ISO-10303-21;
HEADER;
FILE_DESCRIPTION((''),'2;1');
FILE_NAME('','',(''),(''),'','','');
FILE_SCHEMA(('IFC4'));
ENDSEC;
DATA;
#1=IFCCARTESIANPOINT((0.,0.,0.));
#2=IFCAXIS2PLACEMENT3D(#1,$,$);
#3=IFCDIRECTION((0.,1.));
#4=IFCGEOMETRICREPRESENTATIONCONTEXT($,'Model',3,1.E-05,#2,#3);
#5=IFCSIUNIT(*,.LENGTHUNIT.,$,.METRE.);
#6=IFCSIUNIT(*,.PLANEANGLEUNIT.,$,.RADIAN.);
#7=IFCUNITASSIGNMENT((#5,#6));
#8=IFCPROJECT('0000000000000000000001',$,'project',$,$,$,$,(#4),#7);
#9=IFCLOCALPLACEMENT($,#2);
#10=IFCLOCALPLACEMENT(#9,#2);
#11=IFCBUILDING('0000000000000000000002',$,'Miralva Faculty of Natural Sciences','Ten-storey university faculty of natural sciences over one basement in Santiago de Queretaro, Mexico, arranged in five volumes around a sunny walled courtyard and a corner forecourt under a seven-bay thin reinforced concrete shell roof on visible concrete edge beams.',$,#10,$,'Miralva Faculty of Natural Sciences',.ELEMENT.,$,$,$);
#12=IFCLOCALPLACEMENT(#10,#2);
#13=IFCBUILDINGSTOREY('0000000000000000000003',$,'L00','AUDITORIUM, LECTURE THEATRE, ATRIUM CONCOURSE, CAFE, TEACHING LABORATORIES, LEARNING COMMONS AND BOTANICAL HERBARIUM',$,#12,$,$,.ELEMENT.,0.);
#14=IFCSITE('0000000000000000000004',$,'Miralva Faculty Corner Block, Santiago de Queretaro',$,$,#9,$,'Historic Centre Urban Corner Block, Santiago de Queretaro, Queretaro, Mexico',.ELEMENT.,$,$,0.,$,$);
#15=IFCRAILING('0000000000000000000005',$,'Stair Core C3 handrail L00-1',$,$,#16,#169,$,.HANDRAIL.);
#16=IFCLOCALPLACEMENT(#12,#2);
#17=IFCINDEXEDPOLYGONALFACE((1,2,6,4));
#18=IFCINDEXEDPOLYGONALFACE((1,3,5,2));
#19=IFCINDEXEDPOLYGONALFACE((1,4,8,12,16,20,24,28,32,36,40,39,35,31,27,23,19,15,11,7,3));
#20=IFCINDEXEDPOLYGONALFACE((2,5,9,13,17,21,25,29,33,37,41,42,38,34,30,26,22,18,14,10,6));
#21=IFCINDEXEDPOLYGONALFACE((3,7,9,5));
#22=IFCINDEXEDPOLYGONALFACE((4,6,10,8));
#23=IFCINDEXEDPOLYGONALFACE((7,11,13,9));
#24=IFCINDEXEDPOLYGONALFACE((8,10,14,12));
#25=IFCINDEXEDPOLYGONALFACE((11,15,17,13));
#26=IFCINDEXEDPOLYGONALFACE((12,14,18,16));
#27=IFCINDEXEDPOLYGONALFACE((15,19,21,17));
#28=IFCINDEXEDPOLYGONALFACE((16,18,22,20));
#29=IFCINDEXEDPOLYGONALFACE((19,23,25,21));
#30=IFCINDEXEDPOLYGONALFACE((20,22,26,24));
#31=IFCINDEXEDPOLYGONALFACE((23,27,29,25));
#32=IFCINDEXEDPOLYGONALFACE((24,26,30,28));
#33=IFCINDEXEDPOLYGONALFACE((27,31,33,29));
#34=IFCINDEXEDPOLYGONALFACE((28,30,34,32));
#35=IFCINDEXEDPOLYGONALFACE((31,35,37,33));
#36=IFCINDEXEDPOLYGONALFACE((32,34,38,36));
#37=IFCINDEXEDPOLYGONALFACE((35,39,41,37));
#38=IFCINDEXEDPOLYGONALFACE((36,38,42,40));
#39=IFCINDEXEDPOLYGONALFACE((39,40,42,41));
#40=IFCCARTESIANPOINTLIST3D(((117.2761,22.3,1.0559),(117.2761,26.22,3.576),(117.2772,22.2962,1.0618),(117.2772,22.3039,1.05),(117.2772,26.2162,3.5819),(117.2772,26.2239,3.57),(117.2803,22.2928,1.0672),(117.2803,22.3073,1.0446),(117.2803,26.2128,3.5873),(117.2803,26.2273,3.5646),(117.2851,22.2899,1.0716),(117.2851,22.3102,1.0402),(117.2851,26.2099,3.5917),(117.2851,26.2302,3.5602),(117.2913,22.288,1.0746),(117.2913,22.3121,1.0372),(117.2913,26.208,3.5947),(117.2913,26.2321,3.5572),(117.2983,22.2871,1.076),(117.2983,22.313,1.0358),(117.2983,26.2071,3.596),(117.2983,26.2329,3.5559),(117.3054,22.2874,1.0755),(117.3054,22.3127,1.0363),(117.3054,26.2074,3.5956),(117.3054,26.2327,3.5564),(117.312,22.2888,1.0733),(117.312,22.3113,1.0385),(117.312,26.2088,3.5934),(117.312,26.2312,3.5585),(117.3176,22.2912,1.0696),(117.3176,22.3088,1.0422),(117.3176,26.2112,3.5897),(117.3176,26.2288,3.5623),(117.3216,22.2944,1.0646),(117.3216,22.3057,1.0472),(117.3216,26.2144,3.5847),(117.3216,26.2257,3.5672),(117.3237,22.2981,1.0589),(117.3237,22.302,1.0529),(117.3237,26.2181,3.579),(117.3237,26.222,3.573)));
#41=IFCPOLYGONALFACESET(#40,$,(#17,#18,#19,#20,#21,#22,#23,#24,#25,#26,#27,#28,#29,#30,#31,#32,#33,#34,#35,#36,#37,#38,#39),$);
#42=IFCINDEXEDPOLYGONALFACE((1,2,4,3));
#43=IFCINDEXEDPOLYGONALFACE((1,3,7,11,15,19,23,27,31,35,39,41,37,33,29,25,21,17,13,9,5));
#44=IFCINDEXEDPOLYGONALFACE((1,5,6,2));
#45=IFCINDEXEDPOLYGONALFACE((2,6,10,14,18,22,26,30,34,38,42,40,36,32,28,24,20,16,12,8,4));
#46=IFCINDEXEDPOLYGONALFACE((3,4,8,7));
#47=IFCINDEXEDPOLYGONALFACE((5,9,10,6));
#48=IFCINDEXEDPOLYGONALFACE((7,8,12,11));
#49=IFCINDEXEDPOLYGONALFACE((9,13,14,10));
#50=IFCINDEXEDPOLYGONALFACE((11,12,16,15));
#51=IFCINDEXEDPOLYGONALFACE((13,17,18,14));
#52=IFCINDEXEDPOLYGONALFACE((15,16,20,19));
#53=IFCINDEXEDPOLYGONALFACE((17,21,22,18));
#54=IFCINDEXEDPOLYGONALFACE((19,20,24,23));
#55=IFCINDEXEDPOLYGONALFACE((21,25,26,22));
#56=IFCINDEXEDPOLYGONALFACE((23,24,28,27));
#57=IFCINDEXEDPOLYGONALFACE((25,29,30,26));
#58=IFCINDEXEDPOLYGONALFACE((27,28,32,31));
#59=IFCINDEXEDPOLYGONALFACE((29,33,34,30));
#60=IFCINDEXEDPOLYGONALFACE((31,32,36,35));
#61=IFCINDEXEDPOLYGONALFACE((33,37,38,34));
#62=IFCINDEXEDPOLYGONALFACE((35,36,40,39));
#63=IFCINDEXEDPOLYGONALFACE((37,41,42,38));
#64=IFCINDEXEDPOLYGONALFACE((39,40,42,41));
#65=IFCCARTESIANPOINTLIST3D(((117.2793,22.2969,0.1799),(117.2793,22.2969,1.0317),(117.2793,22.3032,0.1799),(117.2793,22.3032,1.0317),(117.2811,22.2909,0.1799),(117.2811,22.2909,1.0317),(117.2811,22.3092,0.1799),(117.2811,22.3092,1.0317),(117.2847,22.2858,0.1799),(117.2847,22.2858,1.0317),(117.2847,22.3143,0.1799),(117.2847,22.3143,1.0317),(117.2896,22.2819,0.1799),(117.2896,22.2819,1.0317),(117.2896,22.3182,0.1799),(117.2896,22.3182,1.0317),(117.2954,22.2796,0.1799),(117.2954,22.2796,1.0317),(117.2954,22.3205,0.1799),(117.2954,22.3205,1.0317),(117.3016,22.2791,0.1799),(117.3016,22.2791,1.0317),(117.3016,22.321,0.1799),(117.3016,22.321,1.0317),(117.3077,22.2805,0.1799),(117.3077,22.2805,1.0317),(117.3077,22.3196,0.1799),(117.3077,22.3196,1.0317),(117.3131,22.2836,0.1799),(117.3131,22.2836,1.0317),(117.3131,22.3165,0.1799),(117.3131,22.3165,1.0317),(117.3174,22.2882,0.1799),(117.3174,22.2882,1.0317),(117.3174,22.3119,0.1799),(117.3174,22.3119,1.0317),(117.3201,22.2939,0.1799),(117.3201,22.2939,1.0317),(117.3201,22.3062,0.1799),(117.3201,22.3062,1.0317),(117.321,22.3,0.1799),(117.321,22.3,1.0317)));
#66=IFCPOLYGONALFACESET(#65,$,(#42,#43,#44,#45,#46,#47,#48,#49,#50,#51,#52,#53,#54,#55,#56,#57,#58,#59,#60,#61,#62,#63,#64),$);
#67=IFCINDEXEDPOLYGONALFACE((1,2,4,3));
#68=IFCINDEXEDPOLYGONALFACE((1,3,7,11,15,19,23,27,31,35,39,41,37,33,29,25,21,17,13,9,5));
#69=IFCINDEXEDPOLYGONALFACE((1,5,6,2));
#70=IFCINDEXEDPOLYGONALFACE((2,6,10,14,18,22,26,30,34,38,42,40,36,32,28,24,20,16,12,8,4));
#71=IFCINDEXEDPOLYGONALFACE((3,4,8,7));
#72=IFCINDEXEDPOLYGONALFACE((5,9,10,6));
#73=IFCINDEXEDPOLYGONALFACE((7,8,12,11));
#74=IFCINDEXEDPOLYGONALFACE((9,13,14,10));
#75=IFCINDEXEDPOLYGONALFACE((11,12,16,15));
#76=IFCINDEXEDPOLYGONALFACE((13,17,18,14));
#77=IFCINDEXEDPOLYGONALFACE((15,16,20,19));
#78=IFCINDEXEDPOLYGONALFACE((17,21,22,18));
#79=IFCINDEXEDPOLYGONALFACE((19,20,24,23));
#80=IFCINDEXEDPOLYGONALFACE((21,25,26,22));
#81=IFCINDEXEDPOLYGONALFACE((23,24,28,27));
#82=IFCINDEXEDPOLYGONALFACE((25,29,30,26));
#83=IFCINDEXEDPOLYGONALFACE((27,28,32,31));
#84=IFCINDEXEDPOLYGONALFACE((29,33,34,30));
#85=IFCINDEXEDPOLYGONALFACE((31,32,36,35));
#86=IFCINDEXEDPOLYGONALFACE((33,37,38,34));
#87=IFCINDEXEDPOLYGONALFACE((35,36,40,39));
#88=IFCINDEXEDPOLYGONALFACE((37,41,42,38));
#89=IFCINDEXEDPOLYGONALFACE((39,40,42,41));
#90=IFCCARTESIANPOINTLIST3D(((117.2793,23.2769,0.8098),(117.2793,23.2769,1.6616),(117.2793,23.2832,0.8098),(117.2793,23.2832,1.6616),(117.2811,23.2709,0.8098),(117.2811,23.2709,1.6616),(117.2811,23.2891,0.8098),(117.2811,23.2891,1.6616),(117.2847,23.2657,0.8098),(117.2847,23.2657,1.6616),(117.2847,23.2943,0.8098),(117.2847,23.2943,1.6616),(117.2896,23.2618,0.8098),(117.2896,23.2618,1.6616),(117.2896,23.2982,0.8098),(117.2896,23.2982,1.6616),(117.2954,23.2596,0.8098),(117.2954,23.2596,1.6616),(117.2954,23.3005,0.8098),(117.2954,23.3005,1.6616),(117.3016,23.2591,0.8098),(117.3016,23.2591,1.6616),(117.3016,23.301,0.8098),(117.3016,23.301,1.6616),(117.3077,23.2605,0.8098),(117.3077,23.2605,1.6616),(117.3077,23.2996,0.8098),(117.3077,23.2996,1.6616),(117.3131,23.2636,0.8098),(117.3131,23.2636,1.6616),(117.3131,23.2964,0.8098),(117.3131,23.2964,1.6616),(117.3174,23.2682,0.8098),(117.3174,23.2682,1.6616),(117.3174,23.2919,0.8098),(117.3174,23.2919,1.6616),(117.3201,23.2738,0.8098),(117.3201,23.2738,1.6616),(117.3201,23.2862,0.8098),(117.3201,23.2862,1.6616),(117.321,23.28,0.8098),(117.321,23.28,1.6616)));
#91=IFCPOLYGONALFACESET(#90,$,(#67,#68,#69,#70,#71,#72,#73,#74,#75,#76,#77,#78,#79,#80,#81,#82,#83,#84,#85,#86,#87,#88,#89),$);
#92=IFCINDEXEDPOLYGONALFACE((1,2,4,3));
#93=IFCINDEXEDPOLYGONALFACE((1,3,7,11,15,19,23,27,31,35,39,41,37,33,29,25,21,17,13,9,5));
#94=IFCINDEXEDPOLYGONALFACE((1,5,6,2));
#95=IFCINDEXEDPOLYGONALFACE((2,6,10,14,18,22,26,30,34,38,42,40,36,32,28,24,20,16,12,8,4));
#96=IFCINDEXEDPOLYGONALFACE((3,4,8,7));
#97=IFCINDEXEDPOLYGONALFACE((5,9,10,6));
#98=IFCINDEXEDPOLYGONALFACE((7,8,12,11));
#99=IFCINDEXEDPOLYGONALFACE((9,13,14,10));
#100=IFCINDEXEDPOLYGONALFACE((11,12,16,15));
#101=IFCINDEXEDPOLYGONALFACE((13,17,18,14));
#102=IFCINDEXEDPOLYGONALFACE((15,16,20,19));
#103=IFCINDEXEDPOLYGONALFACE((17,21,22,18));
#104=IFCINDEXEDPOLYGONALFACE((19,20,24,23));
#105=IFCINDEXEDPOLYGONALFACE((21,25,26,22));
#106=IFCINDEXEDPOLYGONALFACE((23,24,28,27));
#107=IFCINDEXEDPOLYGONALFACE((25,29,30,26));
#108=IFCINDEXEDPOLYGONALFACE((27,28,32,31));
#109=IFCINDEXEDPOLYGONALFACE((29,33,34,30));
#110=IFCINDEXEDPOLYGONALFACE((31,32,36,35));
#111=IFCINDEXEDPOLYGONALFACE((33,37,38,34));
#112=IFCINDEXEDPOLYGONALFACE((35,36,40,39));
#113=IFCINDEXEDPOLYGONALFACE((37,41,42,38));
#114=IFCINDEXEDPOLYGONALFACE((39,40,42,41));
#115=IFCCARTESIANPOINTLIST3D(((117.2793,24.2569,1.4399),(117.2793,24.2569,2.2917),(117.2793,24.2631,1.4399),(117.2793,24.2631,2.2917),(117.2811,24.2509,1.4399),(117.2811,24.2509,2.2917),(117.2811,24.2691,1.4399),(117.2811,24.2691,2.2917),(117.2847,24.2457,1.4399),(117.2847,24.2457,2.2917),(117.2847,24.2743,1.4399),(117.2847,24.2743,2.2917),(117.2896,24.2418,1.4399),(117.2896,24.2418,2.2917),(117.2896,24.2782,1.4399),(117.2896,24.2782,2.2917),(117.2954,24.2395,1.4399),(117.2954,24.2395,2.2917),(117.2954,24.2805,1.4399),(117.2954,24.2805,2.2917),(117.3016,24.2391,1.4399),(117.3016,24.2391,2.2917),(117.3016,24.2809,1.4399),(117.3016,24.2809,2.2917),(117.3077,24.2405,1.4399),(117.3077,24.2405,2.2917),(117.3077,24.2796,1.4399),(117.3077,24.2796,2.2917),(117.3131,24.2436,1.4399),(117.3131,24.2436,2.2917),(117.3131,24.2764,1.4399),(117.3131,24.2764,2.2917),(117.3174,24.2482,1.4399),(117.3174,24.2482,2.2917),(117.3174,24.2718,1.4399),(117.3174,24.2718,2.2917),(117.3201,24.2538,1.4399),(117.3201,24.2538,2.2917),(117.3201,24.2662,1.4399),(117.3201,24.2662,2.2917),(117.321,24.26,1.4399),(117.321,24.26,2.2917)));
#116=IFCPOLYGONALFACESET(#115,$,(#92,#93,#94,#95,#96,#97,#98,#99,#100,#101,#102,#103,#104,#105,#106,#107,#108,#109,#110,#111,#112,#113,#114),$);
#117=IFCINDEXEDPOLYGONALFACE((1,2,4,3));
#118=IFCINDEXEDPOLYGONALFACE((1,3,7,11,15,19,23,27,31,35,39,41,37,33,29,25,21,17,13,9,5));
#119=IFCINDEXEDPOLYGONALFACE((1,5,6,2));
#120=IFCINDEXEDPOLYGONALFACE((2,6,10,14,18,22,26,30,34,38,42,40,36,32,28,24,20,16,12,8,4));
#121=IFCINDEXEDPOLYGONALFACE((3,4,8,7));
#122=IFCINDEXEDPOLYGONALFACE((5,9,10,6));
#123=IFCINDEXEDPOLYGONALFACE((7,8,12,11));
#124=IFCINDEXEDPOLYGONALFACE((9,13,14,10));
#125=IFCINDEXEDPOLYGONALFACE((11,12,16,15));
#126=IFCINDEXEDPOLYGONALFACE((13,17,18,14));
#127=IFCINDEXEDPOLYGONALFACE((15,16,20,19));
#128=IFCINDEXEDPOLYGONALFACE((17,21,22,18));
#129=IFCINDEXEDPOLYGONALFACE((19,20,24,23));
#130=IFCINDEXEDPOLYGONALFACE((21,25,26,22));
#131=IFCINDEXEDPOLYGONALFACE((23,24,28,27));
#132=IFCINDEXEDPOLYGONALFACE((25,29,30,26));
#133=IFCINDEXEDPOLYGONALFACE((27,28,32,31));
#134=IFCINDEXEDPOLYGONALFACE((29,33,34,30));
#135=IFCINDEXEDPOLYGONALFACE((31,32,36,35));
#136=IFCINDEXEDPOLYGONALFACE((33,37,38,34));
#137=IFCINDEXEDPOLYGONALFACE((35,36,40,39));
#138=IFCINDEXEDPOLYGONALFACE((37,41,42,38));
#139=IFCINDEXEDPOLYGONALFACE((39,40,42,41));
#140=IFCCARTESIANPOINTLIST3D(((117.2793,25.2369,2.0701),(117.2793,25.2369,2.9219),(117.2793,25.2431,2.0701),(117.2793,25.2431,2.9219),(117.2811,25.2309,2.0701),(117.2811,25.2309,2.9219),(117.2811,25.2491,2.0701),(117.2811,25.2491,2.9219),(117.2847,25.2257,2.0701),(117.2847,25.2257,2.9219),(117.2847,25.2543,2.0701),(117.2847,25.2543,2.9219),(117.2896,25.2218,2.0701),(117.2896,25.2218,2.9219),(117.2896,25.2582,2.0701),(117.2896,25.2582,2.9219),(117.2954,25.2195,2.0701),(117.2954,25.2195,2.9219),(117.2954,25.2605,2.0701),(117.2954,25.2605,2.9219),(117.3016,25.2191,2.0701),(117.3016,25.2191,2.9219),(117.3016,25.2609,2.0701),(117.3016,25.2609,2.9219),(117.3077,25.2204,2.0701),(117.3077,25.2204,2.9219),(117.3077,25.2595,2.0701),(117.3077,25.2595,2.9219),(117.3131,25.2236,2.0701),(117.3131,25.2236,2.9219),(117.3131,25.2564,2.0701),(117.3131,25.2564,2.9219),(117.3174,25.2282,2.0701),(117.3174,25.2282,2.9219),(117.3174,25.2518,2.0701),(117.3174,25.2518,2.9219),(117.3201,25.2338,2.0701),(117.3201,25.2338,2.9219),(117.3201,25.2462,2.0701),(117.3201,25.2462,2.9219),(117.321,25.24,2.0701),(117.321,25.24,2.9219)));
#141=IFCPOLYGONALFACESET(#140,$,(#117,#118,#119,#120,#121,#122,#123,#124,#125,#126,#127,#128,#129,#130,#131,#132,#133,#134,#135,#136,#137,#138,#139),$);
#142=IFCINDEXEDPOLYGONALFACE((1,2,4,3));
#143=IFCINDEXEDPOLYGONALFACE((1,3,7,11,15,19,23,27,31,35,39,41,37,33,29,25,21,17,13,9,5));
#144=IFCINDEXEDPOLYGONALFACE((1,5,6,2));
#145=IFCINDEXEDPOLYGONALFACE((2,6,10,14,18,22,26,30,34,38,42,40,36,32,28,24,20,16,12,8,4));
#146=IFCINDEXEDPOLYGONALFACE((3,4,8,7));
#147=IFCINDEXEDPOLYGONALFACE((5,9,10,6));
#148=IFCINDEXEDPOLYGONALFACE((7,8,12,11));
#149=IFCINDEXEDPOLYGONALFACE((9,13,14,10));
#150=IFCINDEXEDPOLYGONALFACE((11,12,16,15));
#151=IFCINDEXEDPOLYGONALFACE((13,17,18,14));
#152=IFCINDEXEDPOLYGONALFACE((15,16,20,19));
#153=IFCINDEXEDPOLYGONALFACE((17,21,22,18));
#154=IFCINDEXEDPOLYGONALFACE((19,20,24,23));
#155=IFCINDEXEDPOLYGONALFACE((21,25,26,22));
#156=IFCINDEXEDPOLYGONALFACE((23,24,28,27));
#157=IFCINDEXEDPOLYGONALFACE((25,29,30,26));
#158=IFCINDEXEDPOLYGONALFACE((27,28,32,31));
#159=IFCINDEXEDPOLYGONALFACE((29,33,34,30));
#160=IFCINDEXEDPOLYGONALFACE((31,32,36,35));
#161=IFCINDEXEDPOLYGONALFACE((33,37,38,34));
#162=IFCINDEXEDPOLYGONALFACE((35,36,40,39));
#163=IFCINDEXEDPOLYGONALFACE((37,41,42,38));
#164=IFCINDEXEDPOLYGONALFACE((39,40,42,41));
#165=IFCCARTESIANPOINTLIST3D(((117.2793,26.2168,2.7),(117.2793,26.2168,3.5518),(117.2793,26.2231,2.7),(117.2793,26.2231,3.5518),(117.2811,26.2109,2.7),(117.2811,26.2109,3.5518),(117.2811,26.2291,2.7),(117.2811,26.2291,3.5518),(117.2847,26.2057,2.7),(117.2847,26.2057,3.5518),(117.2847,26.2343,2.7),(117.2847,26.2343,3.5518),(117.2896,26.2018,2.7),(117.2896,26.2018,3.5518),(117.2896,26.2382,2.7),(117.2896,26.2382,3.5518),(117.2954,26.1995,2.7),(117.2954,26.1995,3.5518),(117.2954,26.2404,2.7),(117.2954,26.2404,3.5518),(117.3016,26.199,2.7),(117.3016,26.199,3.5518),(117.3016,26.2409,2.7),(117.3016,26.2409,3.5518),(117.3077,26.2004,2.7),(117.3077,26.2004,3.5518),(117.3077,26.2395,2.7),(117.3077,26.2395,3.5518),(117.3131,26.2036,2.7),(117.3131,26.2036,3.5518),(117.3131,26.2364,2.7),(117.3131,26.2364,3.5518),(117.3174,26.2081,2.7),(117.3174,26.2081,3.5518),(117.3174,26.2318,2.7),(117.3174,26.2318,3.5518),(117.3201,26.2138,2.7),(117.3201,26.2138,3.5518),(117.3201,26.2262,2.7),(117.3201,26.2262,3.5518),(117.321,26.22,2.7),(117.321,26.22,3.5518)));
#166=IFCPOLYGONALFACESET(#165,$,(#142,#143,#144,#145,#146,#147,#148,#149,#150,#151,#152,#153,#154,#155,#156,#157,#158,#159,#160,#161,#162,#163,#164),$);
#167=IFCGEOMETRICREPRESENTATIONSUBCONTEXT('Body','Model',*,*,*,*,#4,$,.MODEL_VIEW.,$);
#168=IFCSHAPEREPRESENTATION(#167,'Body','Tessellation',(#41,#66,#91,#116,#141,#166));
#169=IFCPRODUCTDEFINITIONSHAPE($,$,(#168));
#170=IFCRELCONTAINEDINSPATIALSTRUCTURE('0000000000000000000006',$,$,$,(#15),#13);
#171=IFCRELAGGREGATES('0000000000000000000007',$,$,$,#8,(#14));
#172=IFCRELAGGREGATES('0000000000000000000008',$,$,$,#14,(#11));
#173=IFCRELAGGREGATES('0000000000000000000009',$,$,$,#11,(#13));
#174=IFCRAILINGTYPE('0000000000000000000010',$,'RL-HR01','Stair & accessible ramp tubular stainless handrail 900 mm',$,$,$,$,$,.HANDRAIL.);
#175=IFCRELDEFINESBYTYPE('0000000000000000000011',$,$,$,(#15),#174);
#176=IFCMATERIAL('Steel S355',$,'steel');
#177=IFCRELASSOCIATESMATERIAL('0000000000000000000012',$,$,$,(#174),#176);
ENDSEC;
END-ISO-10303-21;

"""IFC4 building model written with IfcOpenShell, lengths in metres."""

from ifc_helpers import new_model, si_unit, direction, frame, origin, origin_2d, place, context, subcontext, project, spatial, circle, extrude, material, type_object, element, save


model = new_model("IFC4")

# Units and contexts
model_context = context("Model", 3, precision=1e-05, world=origin(), true_north=direction((0.0, 1.0)))
body_context = subcontext(model_context, "Body", "Model", "MODEL_VIEW")
ifc_project = project(units=[si_unit("LENGTHUNIT", "METRE"), si_unit("PLANEANGLEUNIT", "RADIAN")], contexts=[model_context])

# Site, building, storey
site_placement = place(None, origin())
site = spatial("IfcSite", under=ifc_project, at=site_placement, Name="Miralva Faculty Corner Block, Santiago de Queretaro", LongName="Historic Centre Urban Corner Block, Santiago de Queretaro, Queretaro, Mexico", CompositionType="ELEMENT", RefElevation=0.0)
building_placement = place(site_placement, origin())
building = spatial("IfcBuilding", under=site, at=building_placement, Name="Miralva Faculty of Natural Sciences", Description="Ten-storey university faculty of natural sciences over one basement in Santiago de Queretaro, Mexico, arranged in five volumes around a sunny walled courtyard and a corner forecourt under a seven-bay thin reinforced concrete shell roof on visible concrete edge beams.", LongName="Miralva Faculty of Natural Sciences", CompositionType="ELEMENT")
storey_placement = place(building_placement, origin())
storey = spatial("IfcBuildingStorey", under=building, at=storey_placement, Name="L00", Description="AUDITORIUM, LECTURE THEATRE, ATRIUM CONCOURSE, CAFE, TEACHING LABORATORIES, LEARNING COMMONS AND BOTANICAL HERBARIUM", CompositionType="ELEMENT", Elevation=0.0)

# Railing
ifc_material_1 = material(Name="Steel S355", Category="steel")
railing_type_1 = type_object("IfcRailingType", Name="RL-HR01", Description="Stair & accessible ramp tubular stainless handrail 900 mm", PredefinedType="HANDRAIL", material=ifc_material_1)
railing_1_placement = place(storey_placement, frame((117.3, 22.3, 0.1799)))
element("IfcRailing", 1, at=railing_1_placement, inside=storey, type_object=railing_type_1, Name="Stair Core C3 handrail L00-1", PredefinedType="HANDRAIL", context=body_context, shape_type="SweptSolid", body=[
    extrude(circle(Radius=0.0239, at=origin_2d()), frame((0.0, 0.0, 0.876), z_axis=(0.0, 0.841172, 0.540768), x_axis=(-1.0, 0.0, 0.0)), (0.0, 0.0, 1.0), 4.6602),
    extrude(circle(Radius=0.021, at=origin_2d()), origin(), (0.0, 0.0, 1.0), 0.8518),
    extrude(circle(Radius=0.021, at=origin_2d()), frame((0.0, 0.98, 0.6299)), (0.0, 0.0, 1.0), 0.8518),
    extrude(circle(Radius=0.021, at=origin_2d()), frame((0.0, 1.96, 1.26)), (0.0, 0.0, 1.0), 0.8518),
    extrude(circle(Radius=0.021, at=origin_2d()), frame((0.0, 2.9399, 1.8901)), (0.0, 0.0, 1.0), 0.8518),
    extrude(circle(Radius=0.021, at=origin_2d()), frame((0.0, 3.9199, 2.52)), (0.0, 0.0, 1.0), 0.8518),
])

save(model, "model.ifc")
